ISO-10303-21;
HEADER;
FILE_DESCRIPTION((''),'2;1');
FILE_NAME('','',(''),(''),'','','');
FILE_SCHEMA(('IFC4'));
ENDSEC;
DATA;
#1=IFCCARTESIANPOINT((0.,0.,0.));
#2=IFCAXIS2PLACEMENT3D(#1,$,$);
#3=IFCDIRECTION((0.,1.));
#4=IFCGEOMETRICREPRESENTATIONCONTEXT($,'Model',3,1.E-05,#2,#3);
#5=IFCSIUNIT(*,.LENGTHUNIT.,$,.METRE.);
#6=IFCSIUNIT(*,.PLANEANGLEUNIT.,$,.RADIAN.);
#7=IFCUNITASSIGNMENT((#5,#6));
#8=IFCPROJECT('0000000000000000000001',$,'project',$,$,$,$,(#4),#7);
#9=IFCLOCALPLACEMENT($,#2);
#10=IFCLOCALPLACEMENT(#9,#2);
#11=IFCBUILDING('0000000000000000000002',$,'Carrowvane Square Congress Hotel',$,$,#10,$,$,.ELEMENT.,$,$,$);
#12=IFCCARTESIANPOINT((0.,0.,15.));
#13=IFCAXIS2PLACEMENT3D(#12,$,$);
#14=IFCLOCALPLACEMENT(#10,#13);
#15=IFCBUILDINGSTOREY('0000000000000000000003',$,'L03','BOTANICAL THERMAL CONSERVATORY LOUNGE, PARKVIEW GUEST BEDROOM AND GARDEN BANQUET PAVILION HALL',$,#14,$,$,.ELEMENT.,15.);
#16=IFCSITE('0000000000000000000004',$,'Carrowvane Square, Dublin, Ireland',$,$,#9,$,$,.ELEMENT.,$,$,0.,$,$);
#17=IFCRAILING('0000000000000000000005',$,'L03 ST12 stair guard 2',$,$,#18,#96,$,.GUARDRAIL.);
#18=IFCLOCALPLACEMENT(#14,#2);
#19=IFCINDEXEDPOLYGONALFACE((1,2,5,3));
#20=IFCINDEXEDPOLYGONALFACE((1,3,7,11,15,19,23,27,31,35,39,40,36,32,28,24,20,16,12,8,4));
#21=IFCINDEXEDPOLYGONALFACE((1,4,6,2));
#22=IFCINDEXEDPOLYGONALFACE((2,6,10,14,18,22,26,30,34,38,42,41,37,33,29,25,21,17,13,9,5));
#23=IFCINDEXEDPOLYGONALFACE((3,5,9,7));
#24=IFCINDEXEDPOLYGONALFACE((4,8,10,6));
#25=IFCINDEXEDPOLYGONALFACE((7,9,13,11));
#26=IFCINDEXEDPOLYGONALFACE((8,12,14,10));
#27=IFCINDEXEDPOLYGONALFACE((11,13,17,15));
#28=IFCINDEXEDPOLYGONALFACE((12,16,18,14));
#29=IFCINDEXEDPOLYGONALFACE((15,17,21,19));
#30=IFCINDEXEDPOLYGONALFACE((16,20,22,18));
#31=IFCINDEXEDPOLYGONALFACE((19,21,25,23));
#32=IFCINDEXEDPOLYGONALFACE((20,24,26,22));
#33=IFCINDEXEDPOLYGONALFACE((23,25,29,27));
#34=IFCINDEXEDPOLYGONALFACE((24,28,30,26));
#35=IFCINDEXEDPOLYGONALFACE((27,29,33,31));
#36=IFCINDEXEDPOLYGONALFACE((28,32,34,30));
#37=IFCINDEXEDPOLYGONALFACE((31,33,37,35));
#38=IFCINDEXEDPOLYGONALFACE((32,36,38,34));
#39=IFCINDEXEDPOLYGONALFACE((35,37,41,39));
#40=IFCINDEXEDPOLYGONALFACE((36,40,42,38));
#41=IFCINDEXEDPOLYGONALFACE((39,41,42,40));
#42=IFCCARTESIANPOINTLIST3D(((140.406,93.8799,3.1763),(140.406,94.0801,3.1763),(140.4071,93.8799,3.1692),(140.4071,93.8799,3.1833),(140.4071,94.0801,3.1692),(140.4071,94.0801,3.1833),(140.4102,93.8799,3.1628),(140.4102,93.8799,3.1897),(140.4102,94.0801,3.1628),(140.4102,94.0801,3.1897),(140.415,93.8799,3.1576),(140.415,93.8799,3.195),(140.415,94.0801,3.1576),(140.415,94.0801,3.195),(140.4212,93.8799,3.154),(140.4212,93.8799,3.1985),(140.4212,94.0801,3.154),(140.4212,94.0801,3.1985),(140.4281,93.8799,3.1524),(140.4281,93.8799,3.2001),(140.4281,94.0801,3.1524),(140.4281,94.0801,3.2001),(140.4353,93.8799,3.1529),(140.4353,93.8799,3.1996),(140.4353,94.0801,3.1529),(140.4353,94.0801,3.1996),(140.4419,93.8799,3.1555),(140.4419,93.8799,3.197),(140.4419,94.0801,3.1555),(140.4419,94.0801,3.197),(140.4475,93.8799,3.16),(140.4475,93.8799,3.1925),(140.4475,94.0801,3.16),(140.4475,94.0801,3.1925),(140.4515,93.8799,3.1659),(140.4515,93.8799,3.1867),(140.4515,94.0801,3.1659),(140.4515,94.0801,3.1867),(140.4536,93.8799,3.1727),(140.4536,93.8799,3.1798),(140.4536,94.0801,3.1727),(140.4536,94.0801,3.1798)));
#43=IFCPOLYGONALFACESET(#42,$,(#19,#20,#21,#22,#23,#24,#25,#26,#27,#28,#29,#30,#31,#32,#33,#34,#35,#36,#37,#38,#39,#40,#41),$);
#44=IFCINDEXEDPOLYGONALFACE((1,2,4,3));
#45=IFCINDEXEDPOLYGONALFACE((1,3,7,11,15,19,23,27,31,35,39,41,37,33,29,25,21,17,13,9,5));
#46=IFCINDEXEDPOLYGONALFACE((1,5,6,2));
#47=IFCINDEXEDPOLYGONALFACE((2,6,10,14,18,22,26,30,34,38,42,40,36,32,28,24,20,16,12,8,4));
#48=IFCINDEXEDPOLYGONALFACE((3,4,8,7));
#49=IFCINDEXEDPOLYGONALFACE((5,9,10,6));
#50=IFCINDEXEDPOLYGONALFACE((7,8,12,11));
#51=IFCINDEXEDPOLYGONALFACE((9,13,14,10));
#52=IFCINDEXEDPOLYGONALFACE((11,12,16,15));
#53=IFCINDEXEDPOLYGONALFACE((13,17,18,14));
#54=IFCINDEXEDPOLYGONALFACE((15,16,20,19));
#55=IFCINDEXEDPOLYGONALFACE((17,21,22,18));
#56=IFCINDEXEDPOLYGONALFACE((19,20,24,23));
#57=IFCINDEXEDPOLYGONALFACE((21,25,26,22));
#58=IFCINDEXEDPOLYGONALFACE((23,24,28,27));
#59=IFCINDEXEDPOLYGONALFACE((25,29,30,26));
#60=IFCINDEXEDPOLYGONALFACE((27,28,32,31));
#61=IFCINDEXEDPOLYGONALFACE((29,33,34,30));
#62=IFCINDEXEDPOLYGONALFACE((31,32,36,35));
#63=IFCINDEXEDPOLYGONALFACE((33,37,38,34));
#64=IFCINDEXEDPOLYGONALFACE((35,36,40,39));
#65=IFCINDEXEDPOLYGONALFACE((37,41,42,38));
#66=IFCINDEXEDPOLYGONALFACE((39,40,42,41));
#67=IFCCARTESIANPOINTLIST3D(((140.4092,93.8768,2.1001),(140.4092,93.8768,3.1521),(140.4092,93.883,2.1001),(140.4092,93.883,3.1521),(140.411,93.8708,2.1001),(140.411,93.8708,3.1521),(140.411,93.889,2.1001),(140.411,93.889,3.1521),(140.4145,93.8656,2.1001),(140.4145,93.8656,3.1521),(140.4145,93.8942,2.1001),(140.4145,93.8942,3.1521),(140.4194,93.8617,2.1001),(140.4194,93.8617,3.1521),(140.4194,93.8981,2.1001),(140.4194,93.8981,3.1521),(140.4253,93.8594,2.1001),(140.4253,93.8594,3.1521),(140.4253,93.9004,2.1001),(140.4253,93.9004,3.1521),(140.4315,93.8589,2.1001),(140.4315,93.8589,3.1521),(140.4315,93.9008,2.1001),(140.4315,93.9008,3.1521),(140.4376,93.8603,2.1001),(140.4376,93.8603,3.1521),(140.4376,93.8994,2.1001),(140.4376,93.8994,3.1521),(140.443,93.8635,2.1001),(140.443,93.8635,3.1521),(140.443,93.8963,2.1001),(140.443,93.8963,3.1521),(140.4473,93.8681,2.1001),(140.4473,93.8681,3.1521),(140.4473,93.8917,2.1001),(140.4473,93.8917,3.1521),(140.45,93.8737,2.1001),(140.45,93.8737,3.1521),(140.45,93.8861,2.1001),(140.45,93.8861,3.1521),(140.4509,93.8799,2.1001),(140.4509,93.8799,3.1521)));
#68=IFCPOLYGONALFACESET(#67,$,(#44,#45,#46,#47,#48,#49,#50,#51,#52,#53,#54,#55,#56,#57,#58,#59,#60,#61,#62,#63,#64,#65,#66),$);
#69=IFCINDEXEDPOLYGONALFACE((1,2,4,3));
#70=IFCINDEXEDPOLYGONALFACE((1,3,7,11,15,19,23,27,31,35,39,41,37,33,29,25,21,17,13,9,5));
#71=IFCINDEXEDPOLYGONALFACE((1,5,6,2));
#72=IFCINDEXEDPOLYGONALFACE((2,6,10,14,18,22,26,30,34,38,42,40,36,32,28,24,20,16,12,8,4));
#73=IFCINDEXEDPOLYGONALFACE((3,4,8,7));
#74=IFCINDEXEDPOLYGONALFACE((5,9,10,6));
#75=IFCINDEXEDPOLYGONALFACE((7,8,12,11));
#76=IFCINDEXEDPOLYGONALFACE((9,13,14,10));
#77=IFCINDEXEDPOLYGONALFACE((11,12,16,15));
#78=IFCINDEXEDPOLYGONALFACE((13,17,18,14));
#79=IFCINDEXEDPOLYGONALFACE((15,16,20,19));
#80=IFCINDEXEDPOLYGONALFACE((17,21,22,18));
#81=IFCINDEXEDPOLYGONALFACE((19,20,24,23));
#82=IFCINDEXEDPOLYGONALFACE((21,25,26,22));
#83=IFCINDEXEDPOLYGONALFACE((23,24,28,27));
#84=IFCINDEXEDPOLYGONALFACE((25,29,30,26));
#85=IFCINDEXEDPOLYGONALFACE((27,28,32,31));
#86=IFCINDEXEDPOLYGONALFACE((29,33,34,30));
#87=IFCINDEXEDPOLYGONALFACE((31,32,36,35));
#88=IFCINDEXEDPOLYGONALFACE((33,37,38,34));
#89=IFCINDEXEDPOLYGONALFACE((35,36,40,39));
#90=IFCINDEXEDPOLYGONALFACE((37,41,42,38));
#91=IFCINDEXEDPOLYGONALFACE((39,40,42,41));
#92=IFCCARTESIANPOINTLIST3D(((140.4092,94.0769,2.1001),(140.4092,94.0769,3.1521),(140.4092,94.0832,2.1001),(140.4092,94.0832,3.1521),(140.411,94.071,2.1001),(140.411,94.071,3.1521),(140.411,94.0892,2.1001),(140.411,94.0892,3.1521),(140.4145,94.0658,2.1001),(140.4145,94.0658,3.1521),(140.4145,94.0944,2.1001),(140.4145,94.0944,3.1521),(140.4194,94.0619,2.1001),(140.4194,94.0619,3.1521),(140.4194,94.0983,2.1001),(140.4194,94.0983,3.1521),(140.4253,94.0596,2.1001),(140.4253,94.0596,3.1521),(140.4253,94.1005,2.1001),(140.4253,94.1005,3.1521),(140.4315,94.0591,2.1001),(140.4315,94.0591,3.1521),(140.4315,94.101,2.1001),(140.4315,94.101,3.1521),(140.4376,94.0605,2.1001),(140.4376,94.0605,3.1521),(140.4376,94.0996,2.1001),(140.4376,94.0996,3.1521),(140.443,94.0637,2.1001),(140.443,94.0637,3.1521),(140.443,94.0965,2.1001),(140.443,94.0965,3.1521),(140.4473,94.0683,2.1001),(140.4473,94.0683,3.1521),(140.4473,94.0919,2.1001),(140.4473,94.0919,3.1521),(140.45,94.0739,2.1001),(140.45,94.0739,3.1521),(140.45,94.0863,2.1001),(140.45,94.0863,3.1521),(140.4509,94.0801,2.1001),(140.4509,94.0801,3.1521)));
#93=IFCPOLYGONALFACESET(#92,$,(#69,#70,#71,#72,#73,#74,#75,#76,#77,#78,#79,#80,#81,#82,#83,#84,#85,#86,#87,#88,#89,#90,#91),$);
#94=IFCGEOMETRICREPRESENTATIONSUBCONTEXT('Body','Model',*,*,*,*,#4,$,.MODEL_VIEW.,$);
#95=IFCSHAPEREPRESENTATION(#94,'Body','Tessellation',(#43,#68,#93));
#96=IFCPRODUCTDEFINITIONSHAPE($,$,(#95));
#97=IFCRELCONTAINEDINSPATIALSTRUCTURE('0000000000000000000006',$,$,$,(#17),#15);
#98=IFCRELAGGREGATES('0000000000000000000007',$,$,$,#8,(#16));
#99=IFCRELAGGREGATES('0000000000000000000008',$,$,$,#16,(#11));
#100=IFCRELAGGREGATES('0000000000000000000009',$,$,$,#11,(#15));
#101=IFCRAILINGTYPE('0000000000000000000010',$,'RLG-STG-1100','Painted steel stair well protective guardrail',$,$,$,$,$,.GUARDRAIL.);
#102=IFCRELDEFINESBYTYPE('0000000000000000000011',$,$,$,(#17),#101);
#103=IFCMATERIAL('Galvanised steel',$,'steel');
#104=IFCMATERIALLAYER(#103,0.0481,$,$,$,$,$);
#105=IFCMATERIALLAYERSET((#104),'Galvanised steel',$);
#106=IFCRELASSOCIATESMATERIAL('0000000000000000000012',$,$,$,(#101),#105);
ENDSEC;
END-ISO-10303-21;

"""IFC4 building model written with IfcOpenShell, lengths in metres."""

from ifc_helpers import new_model, si_unit, direction, frame, origin, origin_2d, place, context, subcontext, project, spatial, circle, extrude, material, layer, layer_set, type_object, element, save


model = new_model("IFC4")

# Units and contexts
model_context = context("Model", 3, precision=1e-05, world=origin(), true_north=direction((0.0, 1.0)))
body_context = subcontext(model_context, "Body", "Model", "MODEL_VIEW")
ifc_project = project(units=[si_unit("LENGTHUNIT", "METRE"), si_unit("PLANEANGLEUNIT", "RADIAN")], contexts=[model_context])

# Site, building, storey
site_placement = place(None, origin())
site = spatial("IfcSite", under=ifc_project, at=site_placement, Name="Carrowvane Square, Dublin, Ireland", CompositionType="ELEMENT", RefElevation=0.0)
building_placement = place(site_placement, origin())
building = spatial("IfcBuilding", under=site, at=building_placement, Name="Carrowvane Square Congress Hotel", CompositionType="ELEMENT")
storey_placement = place(building_placement, frame((0.0, 0.0, 15.0)))
storey = spatial("IfcBuildingStorey", under=building, at=storey_placement, Name="L03", Description="BOTANICAL THERMAL CONSERVATORY LOUNGE, PARKVIEW GUEST BEDROOM AND GARDEN BANQUET PAVILION HALL", CompositionType="ELEMENT", Elevation=15.0)

# Railing
ifc_material_1 = material(Name="Galvanised steel", Category="steel")
ifc_layer_1 = layer(ifc_material_1, 0.0481)
ifc_layer_set_1 = layer_set([ifc_layer_1], Name="Galvanised steel")
railing_type_1 = type_object("IfcRailingType", Name="RLG-STG-1100", Description="Painted steel stair well protective guardrail", PredefinedType="GUARDRAIL", material=ifc_layer_set_1)
railing_1_placement = place(storey_placement, frame((140.4299, 93.8799, 2.1001)))
element("IfcRailing", 1, at=railing_1_placement, inside=storey, type_object=railing_type_1, Name="L03 ST12 stair guard 2", PredefinedType="GUARDRAIL", context=body_context, shape_type="SweptSolid", body=[
    extrude(circle(Radius=0.0239, at=origin_2d()), frame((0.0, 0.0, 1.0762), z_axis=(0.0, 1.0, 0.0), x_axis=(-1.0, 0.0, 0.0)), (0.0, 0.0, 1.0), 0.2002),
    extrude(circle(Radius=0.021, at=origin_2d()), origin(), (0.0, 0.0, 1.0), 1.052),
    extrude(circle(Radius=0.021, at=origin_2d()), frame((0.0, 0.2002, 0.0)), (0.0, 0.0, 1.0), 1.052),
])

save(model, "model.ifc")
